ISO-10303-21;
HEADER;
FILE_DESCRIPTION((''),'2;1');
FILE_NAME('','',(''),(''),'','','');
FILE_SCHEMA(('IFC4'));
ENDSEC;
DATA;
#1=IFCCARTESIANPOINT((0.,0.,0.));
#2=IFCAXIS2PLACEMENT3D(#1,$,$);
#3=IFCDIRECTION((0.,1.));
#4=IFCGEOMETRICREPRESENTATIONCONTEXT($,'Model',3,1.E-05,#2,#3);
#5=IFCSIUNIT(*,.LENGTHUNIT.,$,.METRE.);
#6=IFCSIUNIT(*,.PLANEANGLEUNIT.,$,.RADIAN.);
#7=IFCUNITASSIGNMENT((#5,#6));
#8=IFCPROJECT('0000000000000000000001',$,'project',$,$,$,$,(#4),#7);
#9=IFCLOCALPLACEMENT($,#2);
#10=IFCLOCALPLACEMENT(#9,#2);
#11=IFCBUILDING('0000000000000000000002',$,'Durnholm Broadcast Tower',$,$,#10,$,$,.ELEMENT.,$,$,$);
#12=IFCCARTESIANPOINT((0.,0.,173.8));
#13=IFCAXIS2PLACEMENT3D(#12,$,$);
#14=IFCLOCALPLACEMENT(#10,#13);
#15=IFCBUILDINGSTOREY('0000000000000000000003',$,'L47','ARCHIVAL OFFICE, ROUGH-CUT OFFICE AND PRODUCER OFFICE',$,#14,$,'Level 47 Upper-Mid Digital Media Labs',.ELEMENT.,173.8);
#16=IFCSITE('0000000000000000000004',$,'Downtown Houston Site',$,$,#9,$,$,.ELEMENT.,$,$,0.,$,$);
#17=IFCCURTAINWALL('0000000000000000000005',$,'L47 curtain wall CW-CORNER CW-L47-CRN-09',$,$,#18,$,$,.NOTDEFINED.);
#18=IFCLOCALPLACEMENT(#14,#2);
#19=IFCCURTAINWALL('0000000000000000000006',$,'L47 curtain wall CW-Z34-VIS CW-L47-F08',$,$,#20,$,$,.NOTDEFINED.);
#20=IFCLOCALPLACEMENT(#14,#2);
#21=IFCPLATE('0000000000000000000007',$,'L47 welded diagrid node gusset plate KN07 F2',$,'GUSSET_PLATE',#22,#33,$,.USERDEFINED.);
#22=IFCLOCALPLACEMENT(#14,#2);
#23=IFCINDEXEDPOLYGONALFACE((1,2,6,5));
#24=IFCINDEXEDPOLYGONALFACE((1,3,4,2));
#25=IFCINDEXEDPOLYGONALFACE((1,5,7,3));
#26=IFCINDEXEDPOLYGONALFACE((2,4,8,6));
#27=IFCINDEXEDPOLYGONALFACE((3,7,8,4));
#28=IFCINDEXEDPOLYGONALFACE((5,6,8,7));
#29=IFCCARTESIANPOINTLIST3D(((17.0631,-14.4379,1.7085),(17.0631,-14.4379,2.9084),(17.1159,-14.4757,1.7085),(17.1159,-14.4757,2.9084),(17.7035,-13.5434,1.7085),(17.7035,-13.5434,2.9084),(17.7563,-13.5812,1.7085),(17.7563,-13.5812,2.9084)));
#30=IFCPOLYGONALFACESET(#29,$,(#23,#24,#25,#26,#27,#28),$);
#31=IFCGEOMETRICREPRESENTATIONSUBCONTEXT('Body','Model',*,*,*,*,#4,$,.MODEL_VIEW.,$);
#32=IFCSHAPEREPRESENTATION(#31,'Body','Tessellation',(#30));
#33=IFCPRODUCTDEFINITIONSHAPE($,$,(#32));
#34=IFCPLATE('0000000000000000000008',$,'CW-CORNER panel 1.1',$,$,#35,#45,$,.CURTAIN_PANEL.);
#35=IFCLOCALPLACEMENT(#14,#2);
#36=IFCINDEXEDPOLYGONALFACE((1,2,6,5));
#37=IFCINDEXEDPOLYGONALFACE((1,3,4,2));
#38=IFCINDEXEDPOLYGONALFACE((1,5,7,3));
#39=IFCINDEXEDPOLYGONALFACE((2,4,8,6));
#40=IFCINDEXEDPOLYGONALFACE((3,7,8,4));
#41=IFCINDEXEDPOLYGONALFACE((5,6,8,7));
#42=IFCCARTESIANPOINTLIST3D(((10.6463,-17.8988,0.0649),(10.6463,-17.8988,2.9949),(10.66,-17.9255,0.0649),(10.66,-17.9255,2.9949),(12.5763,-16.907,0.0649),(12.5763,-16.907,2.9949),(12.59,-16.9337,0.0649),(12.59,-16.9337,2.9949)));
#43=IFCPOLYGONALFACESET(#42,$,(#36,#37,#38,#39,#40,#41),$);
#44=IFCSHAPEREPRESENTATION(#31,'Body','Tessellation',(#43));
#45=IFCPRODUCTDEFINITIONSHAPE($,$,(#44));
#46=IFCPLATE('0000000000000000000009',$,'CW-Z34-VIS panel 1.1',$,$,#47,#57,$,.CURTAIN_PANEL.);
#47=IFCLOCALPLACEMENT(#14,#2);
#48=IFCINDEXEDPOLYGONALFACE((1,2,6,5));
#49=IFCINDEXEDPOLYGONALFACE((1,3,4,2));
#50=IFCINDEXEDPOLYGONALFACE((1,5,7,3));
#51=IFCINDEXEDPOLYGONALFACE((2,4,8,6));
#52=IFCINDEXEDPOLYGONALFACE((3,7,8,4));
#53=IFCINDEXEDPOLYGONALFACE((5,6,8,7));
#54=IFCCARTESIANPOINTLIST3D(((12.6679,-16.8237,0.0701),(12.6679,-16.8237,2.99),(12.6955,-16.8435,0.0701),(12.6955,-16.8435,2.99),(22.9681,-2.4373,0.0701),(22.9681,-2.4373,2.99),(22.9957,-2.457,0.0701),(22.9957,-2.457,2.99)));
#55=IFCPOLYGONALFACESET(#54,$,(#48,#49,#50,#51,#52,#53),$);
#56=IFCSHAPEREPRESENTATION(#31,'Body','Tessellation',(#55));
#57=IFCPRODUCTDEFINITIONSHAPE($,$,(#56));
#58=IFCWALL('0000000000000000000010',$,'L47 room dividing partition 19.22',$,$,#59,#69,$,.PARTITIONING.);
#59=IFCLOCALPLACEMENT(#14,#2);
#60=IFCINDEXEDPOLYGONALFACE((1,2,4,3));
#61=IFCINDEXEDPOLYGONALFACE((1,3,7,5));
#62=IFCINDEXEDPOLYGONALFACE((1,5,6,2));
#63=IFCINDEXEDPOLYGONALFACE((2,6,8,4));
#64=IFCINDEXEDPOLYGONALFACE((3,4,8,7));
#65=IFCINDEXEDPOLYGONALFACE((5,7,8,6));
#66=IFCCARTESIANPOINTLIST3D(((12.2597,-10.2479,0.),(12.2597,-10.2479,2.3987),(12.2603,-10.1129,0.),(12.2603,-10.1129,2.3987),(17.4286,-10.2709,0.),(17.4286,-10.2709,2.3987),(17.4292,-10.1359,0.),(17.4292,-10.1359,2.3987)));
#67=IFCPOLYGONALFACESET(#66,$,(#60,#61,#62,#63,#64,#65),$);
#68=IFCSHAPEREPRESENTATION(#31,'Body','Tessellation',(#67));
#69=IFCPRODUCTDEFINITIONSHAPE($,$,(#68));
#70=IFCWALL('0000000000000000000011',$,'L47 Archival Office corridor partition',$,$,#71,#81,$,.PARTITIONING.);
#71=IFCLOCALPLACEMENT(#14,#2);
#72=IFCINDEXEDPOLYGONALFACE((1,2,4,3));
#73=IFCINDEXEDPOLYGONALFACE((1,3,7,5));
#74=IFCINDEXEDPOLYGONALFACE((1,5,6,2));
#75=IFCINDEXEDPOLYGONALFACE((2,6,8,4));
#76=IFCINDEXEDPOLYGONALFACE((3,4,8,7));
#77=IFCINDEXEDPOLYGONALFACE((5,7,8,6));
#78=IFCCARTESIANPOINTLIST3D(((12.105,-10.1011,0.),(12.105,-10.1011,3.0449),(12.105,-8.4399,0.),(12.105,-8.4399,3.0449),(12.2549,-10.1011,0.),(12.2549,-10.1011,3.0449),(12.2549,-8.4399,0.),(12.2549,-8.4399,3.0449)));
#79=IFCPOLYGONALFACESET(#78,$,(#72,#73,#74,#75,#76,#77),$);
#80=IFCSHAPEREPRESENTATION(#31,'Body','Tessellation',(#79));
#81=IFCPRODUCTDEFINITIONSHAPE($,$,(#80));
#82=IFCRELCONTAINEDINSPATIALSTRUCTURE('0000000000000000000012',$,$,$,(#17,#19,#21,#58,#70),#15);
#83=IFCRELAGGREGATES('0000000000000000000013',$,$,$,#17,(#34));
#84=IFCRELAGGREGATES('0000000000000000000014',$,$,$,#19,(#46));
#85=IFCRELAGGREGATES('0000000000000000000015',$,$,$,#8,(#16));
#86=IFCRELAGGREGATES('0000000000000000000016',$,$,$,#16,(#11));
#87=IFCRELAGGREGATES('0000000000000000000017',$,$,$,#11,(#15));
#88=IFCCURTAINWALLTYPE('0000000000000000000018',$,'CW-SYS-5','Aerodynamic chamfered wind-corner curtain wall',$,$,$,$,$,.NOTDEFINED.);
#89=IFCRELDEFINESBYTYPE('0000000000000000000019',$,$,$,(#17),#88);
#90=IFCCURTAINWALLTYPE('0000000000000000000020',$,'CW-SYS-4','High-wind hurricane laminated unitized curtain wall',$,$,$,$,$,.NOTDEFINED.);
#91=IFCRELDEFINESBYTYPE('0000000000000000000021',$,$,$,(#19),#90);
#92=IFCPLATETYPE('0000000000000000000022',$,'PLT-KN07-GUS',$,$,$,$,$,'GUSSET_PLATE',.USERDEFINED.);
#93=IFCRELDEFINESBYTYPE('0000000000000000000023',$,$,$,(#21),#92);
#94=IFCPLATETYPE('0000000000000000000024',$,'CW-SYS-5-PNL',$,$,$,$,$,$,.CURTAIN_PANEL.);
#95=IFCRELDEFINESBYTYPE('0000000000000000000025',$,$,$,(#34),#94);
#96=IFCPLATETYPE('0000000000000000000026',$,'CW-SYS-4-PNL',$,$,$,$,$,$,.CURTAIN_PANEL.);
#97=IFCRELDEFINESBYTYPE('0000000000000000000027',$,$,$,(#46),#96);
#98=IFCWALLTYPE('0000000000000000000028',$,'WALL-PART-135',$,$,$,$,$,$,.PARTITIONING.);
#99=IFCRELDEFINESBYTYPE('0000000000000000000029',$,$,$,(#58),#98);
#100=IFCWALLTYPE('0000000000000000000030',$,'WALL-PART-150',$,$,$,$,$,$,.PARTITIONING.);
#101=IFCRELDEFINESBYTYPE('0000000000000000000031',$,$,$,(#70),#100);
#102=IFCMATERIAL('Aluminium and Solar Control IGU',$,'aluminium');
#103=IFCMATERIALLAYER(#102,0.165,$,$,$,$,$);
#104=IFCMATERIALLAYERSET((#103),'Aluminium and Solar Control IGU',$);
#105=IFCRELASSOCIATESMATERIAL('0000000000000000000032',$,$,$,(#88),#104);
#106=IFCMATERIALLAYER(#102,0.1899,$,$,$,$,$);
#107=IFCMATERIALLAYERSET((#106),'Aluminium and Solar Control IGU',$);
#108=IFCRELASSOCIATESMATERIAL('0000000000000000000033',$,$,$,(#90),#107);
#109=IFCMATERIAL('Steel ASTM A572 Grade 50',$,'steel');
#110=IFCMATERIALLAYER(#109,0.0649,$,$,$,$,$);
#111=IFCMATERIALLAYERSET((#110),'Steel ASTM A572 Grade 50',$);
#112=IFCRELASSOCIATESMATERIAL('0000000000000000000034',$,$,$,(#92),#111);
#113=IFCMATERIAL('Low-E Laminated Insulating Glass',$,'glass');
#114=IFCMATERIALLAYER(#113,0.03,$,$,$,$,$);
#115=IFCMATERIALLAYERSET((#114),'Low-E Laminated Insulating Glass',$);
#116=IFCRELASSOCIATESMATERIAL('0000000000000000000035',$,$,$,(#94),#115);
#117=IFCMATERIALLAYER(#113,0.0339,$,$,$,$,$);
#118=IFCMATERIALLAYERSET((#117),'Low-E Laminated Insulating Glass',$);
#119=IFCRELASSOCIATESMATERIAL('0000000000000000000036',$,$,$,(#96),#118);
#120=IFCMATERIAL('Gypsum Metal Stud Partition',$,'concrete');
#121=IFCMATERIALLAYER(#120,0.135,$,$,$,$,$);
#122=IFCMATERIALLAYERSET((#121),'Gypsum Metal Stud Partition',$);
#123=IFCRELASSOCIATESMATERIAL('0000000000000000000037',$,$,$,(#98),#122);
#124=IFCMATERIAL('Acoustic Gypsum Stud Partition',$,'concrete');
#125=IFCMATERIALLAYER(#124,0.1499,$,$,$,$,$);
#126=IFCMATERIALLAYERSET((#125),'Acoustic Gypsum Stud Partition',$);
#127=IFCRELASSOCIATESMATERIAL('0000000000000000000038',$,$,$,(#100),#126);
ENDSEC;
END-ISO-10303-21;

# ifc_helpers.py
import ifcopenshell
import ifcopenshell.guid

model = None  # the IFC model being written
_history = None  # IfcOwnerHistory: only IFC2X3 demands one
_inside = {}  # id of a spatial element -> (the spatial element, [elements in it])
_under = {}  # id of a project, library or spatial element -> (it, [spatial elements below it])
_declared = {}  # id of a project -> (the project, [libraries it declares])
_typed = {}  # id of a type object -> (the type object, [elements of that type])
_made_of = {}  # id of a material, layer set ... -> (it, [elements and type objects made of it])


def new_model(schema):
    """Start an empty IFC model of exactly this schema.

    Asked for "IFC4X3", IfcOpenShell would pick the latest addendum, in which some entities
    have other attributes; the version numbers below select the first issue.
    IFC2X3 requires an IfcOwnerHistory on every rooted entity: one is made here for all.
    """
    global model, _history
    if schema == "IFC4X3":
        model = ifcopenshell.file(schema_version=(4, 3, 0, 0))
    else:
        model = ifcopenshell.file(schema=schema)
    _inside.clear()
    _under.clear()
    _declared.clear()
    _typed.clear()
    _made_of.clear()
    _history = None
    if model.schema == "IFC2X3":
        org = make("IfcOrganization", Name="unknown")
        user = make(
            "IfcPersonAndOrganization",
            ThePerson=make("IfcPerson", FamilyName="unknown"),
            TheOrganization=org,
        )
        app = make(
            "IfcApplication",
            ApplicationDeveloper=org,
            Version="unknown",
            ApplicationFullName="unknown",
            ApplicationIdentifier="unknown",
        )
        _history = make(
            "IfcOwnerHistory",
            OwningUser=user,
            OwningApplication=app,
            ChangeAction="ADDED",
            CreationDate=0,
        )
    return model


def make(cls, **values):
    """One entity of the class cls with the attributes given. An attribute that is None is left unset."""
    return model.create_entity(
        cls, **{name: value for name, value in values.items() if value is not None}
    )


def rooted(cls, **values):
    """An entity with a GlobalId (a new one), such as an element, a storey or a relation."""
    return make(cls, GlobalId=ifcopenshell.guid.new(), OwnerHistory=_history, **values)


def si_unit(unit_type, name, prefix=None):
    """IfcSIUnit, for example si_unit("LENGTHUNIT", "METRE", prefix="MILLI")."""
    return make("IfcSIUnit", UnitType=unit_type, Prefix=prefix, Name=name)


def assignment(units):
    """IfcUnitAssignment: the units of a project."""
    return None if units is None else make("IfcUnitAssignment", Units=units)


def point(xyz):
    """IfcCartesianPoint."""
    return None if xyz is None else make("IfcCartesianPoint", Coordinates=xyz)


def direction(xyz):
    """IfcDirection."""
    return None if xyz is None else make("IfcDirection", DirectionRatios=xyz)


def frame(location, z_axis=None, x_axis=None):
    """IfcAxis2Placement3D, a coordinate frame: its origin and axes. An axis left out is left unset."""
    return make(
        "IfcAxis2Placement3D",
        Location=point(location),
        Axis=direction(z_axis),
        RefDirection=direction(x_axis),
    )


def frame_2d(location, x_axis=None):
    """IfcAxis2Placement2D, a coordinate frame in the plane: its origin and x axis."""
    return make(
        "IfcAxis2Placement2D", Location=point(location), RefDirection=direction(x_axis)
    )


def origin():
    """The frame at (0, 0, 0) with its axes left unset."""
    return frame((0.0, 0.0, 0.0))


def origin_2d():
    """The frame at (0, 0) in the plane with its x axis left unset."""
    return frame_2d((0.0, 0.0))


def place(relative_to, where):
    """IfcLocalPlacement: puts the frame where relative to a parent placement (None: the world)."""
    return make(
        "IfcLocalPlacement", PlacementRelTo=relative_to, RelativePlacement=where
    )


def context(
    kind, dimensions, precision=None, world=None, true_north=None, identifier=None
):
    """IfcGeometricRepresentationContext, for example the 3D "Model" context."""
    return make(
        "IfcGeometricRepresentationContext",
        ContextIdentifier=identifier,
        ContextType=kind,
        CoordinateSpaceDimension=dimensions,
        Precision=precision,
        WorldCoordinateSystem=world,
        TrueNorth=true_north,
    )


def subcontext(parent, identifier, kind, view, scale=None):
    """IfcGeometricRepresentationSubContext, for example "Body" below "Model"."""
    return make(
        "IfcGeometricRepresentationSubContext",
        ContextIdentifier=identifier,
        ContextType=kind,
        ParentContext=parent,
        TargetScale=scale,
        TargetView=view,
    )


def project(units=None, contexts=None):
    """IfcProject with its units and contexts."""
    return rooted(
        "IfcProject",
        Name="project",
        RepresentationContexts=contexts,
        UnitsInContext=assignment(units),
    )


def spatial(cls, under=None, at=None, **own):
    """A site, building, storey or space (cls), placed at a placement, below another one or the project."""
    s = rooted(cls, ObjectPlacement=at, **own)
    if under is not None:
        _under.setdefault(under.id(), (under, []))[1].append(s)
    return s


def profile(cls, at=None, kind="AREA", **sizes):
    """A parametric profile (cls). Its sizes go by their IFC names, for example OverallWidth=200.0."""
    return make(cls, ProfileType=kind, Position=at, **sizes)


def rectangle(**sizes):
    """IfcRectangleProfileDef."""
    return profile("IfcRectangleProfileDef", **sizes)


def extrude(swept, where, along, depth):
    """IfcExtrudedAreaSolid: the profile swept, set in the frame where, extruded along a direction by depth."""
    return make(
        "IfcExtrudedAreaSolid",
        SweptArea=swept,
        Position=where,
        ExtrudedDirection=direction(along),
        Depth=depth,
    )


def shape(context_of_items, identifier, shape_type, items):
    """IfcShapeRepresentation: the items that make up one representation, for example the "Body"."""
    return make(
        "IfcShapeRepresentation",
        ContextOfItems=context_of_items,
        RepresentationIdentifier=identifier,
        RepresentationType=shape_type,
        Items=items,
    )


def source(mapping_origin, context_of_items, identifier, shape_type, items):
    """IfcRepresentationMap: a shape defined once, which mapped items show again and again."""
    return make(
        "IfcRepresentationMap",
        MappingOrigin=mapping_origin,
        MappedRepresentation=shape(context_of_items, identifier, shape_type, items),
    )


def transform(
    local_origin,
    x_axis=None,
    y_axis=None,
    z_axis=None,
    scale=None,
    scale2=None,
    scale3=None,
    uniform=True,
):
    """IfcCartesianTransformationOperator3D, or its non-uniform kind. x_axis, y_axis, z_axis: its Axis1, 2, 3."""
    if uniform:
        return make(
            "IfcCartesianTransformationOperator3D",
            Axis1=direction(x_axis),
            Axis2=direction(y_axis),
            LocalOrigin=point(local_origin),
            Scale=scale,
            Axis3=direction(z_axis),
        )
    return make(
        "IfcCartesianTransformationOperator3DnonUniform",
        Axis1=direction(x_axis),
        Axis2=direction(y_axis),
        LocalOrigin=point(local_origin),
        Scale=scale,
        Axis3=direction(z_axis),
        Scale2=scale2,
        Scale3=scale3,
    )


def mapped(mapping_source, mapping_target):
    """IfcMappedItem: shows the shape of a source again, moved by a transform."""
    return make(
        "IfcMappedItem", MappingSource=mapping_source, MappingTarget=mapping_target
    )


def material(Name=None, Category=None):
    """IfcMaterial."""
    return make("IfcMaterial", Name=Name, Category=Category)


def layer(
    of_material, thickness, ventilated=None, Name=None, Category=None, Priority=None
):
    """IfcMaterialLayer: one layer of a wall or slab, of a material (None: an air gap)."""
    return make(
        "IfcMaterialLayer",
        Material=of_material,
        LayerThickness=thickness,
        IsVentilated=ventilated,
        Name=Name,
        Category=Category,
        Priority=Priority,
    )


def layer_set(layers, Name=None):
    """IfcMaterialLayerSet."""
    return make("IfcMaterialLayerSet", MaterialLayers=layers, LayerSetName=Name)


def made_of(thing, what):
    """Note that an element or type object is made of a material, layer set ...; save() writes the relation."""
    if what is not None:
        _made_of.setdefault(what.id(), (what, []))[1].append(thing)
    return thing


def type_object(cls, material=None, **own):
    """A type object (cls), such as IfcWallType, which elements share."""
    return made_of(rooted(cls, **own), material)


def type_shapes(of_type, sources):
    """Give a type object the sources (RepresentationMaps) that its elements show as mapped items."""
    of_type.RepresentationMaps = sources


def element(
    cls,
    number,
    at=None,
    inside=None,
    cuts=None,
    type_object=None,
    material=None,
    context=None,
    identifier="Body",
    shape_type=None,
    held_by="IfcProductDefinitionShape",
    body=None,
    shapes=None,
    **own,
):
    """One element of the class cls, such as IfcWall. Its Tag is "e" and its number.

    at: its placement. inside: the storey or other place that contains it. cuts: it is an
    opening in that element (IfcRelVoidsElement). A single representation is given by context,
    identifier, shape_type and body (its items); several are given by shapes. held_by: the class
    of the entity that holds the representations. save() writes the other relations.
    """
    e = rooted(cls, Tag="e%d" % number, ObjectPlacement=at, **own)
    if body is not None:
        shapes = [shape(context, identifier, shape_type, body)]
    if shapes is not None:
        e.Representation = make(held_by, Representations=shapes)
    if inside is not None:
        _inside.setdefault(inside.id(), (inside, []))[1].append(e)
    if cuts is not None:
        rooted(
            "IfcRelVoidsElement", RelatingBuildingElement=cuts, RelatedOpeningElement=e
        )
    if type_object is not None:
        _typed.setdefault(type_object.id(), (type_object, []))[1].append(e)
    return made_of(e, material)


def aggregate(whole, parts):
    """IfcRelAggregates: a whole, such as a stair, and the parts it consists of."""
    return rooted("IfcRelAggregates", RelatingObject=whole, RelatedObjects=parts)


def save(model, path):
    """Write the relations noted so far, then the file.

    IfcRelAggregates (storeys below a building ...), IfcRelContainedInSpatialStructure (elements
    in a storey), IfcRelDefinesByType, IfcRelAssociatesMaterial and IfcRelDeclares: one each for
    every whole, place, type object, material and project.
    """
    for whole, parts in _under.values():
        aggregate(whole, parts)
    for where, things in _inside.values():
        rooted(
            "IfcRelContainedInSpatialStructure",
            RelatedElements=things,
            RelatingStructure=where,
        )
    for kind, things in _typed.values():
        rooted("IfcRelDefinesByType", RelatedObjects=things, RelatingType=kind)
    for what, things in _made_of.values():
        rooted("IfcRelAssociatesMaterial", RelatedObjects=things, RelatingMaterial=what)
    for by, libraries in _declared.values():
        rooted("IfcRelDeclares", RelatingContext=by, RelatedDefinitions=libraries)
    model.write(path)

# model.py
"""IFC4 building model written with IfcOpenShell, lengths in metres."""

from ifc_helpers import new_model, si_unit, direction, frame, frame_2d, origin, origin_2d, place, context, subcontext, project, spatial, rectangle, extrude, source, transform, mapped, material, layer, layer_set, type_object, type_shapes, element, aggregate, save


model = new_model("IFC4")

# Units and contexts
model_context = context("Model", 3, precision=1e-05, world=origin(), true_north=direction((0.0, 1.0)))
body_context = subcontext(model_context, "Body", "Model", "MODEL_VIEW")
ifc_project = project(units=[si_unit("LENGTHUNIT", "METRE"), si_unit("PLANEANGLEUNIT", "RADIAN")], contexts=[model_context])

# Site, building, storey
site_placement = place(None, origin())
site = spatial("IfcSite", under=ifc_project, at=site_placement, Name="Downtown Houston Site", CompositionType="ELEMENT", RefElevation=0.0)
building_placement = place(site_placement, origin())
building = spatial("IfcBuilding", under=site, at=building_placement, Name="Durnholm Broadcast Tower", CompositionType="ELEMENT")
storey_placement = place(building_placement, frame((0.0, 0.0, 173.8)))
storey = spatial("IfcBuildingStorey", under=building, at=storey_placement, Name="L47", Description="ARCHIVAL OFFICE, ROUGH-CUT OFFICE AND PRODUCER OFFICE", LongName="Level 47 Upper-Mid Digital Media Labs", CompositionType="ELEMENT", Elevation=173.8)

# Curtain wall
ifc_material_1 = material(Name="Aluminium and Solar Control IGU", Category="aluminium")
ifc_layer_1 = layer(ifc_material_1, 0.165)
ifc_layer_set_1 = layer_set([ifc_layer_1], Name="Aluminium and Solar Control IGU")
curtain_wall_type_1 = type_object("IfcCurtainWallType", Name="CW-SYS-5", Description="Aerodynamic chamfered wind-corner curtain wall", PredefinedType="NOTDEFINED", material=ifc_layer_set_1)
curtain_wall_1_placement = place(storey_placement, origin())
curtain_wall_1 = element("IfcCurtainWall", 1, at=curtain_wall_1_placement, inside=storey, type_object=curtain_wall_type_1, Name="L47 curtain wall CW-CORNER CW-L47-CRN-09", PredefinedType="NOTDEFINED")

# Curtain wall
ifc_layer_2 = layer(ifc_material_1, 0.1899)
ifc_layer_set_2 = layer_set([ifc_layer_2], Name="Aluminium and Solar Control IGU")
curtain_wall_type_2 = type_object("IfcCurtainWallType", Name="CW-SYS-4", Description="High-wind hurricane laminated unitized curtain wall", PredefinedType="NOTDEFINED", material=ifc_layer_set_2)
curtain_wall_2_placement = place(storey_placement, origin())
curtain_wall_2 = element("IfcCurtainWall", 2, at=curtain_wall_2_placement, inside=storey, type_object=curtain_wall_type_2, Name="L47 curtain wall CW-Z34-VIS CW-L47-F08", PredefinedType="NOTDEFINED")

# Plate
ifc_material_2 = material(Name="Steel ASTM A572 Grade 50", Category="steel")
ifc_layer_3 = layer(ifc_material_2, 0.0649)
ifc_layer_set_3 = layer_set([ifc_layer_3], Name="Steel ASTM A572 Grade 50")
plate_type_1 = type_object("IfcPlateType", Name="PLT-KN07-GUS", ElementType="GUSSET_PLATE", PredefinedType="USERDEFINED", material=ifc_layer_set_3)
shared_shape_1 = source(origin(), body_context, "Body", "SweptSolid", [
    extrude(rectangle(XDim=1.1001, YDim=0.0649, at=origin_2d()), origin(), (0.0, 0.0, 1.0), 1.2),
])
type_shapes(plate_type_1, [shared_shape_1])
plate_1_placement = place(storey_placement, frame((17.4097, -14.0095, 1.7085), z_axis=(0.0, 0.0, 1.0), x_axis=(0.582123, 0.813101, 0.0)))
element("IfcPlate", 3, at=plate_1_placement, inside=storey, type_object=plate_type_1, Name="L47 welded diagrid node gusset plate KN07 F2", ObjectType="GUSSET_PLATE", PredefinedType="USERDEFINED", context=body_context, shape_type="MappedRepresentation", body=[
    mapped(shared_shape_1, transform((0.0, 0.0, 0.0), x_axis=(1.0, 0.0, 0.0), y_axis=(0.0, 1.0, 0.0), z_axis=(0.0, 0.0, 1.0), scale=1.0)),
])

# Plates
ifc_material_3 = material(Name="Low-E Laminated Insulating Glass", Category="glass")
ifc_layer_4 = layer(ifc_material_3, 0.03)
ifc_layer_set_4 = layer_set([ifc_layer_4], Name="Low-E Laminated Insulating Glass")
plate_type_2 = type_object("IfcPlateType", Name="CW-SYS-5-PNL", PredefinedType="CURTAIN_PANEL", material=ifc_layer_set_4)
shared_shape_2 = source(origin(), body_context, "Body", "SweptSolid", [
    extrude(rectangle(XDim=2.1699, YDim=0.03, at=origin_2d()), origin(), (0.0, 0.0, 1.0), 2.9299),
])
type_shapes(plate_type_2, [shared_shape_2])
plate_2_placement = place(storey_placement, frame((11.6182, -17.4163, 0.0649), z_axis=(0.0, 0.0, 1.0), x_axis=(-0.889425, -0.457082, 0.0)))
plate_2 = element("IfcPlate", 4, at=plate_2_placement, type_object=plate_type_2, Name="CW-CORNER panel 1.1", PredefinedType="CURTAIN_PANEL", context=body_context, shape_type="MappedRepresentation", body=[
    mapped(shared_shape_2, transform((0.0, 0.0, 0.0), x_axis=(1.0, 0.0, 0.0), y_axis=(0.0, 1.0, 0.0), z_axis=(0.0, 0.0, 1.0), scale=1.0)),
])
aggregate(curtain_wall_1, [plate_2])
ifc_layer_5 = layer(ifc_material_3, 0.0339)
ifc_layer_set_5 = layer_set([ifc_layer_5], Name="Low-E Laminated Insulating Glass")
plate_type_3 = type_object("IfcPlateType", Name="CW-SYS-4-PNL", PredefinedType="CURTAIN_PANEL", material=ifc_layer_set_5)
shared_shape_3 = source(origin(), body_context, "Body", "SweptSolid", [
    extrude(rectangle(XDim=17.6936, YDim=0.0339, at=origin_2d()), origin(), (0.0, 0.0, 1.0), 2.9199),
])
type_shapes(plate_type_3, [shared_shape_3])
plate_3_placement = place(storey_placement, frame((17.8318, -9.6404, 0.0701), z_axis=(0.0, 0.0, 1.0), x_axis=(-0.582139, -0.813089, 0.0)))
plate_3 = element("IfcPlate", 5, at=plate_3_placement, type_object=plate_type_3, Name="CW-Z34-VIS panel 1.1", PredefinedType="CURTAIN_PANEL", context=body_context, shape_type="MappedRepresentation", body=[
    mapped(shared_shape_3, transform((0.0, 0.0, 0.0), x_axis=(1.0, 0.0, 0.0), y_axis=(0.0, 1.0, 0.0), z_axis=(0.0, 0.0, 1.0), scale=1.0)),
])
aggregate(curtain_wall_2, [plate_3])

# Walls
ifc_material_4 = material(Name="Gypsum Metal Stud Partition", Category="concrete")
ifc_layer_6 = layer(ifc_material_4, 0.135)
ifc_layer_set_6 = layer_set([ifc_layer_6], Name="Gypsum Metal Stud Partition")
wall_type_1 = type_object("IfcWallType", Name="WALL-PART-135", PredefinedType="PARTITIONING", material=ifc_layer_set_6)
wall_1_placement = place(storey_placement, frame((12.26, -10.1804, 0.0), z_axis=(0.0, 0.0, 1.0), x_axis=(0.99999, -0.00444, 0.0)))
element("IfcWall", 6, at=wall_1_placement, inside=storey, type_object=wall_type_1, Name="L47 room dividing partition 19.22", PredefinedType="PARTITIONING", context=body_context, shape_type="SweptSolid", body=[
    extrude(rectangle(XDim=5.1689, YDim=0.135, at=frame_2d((2.5845, 0.0))), origin(), (0.0, 0.0, 1.0), 2.3987),
])
ifc_material_5 = material(Name="Acoustic Gypsum Stud Partition", Category="concrete")
ifc_layer_7 = layer(ifc_material_5, 0.1499)
ifc_layer_set_7 = layer_set([ifc_layer_7], Name="Acoustic Gypsum Stud Partition")
wall_type_2 = type_object("IfcWallType", Name="WALL-PART-150", PredefinedType="PARTITIONING", material=ifc_layer_set_7)
wall_2_placement = place(storey_placement, frame((12.1799, -10.1011, 0.0), z_axis=(0.0, 0.0, 1.0), x_axis=(0.0, 1.0, 0.0)))
element("IfcWall", 7, at=wall_2_placement, inside=storey, type_object=wall_type_2, Name="L47 Archival Office corridor partition", PredefinedType="PARTITIONING", context=body_context, shape_type="SweptSolid", body=[
    extrude(rectangle(XDim=1.6611, YDim=0.1499, at=frame_2d((0.8306, 0.0))), origin(), (0.0, 0.0, 1.0), 3.0449),
])

save(model, "model.ifc")
